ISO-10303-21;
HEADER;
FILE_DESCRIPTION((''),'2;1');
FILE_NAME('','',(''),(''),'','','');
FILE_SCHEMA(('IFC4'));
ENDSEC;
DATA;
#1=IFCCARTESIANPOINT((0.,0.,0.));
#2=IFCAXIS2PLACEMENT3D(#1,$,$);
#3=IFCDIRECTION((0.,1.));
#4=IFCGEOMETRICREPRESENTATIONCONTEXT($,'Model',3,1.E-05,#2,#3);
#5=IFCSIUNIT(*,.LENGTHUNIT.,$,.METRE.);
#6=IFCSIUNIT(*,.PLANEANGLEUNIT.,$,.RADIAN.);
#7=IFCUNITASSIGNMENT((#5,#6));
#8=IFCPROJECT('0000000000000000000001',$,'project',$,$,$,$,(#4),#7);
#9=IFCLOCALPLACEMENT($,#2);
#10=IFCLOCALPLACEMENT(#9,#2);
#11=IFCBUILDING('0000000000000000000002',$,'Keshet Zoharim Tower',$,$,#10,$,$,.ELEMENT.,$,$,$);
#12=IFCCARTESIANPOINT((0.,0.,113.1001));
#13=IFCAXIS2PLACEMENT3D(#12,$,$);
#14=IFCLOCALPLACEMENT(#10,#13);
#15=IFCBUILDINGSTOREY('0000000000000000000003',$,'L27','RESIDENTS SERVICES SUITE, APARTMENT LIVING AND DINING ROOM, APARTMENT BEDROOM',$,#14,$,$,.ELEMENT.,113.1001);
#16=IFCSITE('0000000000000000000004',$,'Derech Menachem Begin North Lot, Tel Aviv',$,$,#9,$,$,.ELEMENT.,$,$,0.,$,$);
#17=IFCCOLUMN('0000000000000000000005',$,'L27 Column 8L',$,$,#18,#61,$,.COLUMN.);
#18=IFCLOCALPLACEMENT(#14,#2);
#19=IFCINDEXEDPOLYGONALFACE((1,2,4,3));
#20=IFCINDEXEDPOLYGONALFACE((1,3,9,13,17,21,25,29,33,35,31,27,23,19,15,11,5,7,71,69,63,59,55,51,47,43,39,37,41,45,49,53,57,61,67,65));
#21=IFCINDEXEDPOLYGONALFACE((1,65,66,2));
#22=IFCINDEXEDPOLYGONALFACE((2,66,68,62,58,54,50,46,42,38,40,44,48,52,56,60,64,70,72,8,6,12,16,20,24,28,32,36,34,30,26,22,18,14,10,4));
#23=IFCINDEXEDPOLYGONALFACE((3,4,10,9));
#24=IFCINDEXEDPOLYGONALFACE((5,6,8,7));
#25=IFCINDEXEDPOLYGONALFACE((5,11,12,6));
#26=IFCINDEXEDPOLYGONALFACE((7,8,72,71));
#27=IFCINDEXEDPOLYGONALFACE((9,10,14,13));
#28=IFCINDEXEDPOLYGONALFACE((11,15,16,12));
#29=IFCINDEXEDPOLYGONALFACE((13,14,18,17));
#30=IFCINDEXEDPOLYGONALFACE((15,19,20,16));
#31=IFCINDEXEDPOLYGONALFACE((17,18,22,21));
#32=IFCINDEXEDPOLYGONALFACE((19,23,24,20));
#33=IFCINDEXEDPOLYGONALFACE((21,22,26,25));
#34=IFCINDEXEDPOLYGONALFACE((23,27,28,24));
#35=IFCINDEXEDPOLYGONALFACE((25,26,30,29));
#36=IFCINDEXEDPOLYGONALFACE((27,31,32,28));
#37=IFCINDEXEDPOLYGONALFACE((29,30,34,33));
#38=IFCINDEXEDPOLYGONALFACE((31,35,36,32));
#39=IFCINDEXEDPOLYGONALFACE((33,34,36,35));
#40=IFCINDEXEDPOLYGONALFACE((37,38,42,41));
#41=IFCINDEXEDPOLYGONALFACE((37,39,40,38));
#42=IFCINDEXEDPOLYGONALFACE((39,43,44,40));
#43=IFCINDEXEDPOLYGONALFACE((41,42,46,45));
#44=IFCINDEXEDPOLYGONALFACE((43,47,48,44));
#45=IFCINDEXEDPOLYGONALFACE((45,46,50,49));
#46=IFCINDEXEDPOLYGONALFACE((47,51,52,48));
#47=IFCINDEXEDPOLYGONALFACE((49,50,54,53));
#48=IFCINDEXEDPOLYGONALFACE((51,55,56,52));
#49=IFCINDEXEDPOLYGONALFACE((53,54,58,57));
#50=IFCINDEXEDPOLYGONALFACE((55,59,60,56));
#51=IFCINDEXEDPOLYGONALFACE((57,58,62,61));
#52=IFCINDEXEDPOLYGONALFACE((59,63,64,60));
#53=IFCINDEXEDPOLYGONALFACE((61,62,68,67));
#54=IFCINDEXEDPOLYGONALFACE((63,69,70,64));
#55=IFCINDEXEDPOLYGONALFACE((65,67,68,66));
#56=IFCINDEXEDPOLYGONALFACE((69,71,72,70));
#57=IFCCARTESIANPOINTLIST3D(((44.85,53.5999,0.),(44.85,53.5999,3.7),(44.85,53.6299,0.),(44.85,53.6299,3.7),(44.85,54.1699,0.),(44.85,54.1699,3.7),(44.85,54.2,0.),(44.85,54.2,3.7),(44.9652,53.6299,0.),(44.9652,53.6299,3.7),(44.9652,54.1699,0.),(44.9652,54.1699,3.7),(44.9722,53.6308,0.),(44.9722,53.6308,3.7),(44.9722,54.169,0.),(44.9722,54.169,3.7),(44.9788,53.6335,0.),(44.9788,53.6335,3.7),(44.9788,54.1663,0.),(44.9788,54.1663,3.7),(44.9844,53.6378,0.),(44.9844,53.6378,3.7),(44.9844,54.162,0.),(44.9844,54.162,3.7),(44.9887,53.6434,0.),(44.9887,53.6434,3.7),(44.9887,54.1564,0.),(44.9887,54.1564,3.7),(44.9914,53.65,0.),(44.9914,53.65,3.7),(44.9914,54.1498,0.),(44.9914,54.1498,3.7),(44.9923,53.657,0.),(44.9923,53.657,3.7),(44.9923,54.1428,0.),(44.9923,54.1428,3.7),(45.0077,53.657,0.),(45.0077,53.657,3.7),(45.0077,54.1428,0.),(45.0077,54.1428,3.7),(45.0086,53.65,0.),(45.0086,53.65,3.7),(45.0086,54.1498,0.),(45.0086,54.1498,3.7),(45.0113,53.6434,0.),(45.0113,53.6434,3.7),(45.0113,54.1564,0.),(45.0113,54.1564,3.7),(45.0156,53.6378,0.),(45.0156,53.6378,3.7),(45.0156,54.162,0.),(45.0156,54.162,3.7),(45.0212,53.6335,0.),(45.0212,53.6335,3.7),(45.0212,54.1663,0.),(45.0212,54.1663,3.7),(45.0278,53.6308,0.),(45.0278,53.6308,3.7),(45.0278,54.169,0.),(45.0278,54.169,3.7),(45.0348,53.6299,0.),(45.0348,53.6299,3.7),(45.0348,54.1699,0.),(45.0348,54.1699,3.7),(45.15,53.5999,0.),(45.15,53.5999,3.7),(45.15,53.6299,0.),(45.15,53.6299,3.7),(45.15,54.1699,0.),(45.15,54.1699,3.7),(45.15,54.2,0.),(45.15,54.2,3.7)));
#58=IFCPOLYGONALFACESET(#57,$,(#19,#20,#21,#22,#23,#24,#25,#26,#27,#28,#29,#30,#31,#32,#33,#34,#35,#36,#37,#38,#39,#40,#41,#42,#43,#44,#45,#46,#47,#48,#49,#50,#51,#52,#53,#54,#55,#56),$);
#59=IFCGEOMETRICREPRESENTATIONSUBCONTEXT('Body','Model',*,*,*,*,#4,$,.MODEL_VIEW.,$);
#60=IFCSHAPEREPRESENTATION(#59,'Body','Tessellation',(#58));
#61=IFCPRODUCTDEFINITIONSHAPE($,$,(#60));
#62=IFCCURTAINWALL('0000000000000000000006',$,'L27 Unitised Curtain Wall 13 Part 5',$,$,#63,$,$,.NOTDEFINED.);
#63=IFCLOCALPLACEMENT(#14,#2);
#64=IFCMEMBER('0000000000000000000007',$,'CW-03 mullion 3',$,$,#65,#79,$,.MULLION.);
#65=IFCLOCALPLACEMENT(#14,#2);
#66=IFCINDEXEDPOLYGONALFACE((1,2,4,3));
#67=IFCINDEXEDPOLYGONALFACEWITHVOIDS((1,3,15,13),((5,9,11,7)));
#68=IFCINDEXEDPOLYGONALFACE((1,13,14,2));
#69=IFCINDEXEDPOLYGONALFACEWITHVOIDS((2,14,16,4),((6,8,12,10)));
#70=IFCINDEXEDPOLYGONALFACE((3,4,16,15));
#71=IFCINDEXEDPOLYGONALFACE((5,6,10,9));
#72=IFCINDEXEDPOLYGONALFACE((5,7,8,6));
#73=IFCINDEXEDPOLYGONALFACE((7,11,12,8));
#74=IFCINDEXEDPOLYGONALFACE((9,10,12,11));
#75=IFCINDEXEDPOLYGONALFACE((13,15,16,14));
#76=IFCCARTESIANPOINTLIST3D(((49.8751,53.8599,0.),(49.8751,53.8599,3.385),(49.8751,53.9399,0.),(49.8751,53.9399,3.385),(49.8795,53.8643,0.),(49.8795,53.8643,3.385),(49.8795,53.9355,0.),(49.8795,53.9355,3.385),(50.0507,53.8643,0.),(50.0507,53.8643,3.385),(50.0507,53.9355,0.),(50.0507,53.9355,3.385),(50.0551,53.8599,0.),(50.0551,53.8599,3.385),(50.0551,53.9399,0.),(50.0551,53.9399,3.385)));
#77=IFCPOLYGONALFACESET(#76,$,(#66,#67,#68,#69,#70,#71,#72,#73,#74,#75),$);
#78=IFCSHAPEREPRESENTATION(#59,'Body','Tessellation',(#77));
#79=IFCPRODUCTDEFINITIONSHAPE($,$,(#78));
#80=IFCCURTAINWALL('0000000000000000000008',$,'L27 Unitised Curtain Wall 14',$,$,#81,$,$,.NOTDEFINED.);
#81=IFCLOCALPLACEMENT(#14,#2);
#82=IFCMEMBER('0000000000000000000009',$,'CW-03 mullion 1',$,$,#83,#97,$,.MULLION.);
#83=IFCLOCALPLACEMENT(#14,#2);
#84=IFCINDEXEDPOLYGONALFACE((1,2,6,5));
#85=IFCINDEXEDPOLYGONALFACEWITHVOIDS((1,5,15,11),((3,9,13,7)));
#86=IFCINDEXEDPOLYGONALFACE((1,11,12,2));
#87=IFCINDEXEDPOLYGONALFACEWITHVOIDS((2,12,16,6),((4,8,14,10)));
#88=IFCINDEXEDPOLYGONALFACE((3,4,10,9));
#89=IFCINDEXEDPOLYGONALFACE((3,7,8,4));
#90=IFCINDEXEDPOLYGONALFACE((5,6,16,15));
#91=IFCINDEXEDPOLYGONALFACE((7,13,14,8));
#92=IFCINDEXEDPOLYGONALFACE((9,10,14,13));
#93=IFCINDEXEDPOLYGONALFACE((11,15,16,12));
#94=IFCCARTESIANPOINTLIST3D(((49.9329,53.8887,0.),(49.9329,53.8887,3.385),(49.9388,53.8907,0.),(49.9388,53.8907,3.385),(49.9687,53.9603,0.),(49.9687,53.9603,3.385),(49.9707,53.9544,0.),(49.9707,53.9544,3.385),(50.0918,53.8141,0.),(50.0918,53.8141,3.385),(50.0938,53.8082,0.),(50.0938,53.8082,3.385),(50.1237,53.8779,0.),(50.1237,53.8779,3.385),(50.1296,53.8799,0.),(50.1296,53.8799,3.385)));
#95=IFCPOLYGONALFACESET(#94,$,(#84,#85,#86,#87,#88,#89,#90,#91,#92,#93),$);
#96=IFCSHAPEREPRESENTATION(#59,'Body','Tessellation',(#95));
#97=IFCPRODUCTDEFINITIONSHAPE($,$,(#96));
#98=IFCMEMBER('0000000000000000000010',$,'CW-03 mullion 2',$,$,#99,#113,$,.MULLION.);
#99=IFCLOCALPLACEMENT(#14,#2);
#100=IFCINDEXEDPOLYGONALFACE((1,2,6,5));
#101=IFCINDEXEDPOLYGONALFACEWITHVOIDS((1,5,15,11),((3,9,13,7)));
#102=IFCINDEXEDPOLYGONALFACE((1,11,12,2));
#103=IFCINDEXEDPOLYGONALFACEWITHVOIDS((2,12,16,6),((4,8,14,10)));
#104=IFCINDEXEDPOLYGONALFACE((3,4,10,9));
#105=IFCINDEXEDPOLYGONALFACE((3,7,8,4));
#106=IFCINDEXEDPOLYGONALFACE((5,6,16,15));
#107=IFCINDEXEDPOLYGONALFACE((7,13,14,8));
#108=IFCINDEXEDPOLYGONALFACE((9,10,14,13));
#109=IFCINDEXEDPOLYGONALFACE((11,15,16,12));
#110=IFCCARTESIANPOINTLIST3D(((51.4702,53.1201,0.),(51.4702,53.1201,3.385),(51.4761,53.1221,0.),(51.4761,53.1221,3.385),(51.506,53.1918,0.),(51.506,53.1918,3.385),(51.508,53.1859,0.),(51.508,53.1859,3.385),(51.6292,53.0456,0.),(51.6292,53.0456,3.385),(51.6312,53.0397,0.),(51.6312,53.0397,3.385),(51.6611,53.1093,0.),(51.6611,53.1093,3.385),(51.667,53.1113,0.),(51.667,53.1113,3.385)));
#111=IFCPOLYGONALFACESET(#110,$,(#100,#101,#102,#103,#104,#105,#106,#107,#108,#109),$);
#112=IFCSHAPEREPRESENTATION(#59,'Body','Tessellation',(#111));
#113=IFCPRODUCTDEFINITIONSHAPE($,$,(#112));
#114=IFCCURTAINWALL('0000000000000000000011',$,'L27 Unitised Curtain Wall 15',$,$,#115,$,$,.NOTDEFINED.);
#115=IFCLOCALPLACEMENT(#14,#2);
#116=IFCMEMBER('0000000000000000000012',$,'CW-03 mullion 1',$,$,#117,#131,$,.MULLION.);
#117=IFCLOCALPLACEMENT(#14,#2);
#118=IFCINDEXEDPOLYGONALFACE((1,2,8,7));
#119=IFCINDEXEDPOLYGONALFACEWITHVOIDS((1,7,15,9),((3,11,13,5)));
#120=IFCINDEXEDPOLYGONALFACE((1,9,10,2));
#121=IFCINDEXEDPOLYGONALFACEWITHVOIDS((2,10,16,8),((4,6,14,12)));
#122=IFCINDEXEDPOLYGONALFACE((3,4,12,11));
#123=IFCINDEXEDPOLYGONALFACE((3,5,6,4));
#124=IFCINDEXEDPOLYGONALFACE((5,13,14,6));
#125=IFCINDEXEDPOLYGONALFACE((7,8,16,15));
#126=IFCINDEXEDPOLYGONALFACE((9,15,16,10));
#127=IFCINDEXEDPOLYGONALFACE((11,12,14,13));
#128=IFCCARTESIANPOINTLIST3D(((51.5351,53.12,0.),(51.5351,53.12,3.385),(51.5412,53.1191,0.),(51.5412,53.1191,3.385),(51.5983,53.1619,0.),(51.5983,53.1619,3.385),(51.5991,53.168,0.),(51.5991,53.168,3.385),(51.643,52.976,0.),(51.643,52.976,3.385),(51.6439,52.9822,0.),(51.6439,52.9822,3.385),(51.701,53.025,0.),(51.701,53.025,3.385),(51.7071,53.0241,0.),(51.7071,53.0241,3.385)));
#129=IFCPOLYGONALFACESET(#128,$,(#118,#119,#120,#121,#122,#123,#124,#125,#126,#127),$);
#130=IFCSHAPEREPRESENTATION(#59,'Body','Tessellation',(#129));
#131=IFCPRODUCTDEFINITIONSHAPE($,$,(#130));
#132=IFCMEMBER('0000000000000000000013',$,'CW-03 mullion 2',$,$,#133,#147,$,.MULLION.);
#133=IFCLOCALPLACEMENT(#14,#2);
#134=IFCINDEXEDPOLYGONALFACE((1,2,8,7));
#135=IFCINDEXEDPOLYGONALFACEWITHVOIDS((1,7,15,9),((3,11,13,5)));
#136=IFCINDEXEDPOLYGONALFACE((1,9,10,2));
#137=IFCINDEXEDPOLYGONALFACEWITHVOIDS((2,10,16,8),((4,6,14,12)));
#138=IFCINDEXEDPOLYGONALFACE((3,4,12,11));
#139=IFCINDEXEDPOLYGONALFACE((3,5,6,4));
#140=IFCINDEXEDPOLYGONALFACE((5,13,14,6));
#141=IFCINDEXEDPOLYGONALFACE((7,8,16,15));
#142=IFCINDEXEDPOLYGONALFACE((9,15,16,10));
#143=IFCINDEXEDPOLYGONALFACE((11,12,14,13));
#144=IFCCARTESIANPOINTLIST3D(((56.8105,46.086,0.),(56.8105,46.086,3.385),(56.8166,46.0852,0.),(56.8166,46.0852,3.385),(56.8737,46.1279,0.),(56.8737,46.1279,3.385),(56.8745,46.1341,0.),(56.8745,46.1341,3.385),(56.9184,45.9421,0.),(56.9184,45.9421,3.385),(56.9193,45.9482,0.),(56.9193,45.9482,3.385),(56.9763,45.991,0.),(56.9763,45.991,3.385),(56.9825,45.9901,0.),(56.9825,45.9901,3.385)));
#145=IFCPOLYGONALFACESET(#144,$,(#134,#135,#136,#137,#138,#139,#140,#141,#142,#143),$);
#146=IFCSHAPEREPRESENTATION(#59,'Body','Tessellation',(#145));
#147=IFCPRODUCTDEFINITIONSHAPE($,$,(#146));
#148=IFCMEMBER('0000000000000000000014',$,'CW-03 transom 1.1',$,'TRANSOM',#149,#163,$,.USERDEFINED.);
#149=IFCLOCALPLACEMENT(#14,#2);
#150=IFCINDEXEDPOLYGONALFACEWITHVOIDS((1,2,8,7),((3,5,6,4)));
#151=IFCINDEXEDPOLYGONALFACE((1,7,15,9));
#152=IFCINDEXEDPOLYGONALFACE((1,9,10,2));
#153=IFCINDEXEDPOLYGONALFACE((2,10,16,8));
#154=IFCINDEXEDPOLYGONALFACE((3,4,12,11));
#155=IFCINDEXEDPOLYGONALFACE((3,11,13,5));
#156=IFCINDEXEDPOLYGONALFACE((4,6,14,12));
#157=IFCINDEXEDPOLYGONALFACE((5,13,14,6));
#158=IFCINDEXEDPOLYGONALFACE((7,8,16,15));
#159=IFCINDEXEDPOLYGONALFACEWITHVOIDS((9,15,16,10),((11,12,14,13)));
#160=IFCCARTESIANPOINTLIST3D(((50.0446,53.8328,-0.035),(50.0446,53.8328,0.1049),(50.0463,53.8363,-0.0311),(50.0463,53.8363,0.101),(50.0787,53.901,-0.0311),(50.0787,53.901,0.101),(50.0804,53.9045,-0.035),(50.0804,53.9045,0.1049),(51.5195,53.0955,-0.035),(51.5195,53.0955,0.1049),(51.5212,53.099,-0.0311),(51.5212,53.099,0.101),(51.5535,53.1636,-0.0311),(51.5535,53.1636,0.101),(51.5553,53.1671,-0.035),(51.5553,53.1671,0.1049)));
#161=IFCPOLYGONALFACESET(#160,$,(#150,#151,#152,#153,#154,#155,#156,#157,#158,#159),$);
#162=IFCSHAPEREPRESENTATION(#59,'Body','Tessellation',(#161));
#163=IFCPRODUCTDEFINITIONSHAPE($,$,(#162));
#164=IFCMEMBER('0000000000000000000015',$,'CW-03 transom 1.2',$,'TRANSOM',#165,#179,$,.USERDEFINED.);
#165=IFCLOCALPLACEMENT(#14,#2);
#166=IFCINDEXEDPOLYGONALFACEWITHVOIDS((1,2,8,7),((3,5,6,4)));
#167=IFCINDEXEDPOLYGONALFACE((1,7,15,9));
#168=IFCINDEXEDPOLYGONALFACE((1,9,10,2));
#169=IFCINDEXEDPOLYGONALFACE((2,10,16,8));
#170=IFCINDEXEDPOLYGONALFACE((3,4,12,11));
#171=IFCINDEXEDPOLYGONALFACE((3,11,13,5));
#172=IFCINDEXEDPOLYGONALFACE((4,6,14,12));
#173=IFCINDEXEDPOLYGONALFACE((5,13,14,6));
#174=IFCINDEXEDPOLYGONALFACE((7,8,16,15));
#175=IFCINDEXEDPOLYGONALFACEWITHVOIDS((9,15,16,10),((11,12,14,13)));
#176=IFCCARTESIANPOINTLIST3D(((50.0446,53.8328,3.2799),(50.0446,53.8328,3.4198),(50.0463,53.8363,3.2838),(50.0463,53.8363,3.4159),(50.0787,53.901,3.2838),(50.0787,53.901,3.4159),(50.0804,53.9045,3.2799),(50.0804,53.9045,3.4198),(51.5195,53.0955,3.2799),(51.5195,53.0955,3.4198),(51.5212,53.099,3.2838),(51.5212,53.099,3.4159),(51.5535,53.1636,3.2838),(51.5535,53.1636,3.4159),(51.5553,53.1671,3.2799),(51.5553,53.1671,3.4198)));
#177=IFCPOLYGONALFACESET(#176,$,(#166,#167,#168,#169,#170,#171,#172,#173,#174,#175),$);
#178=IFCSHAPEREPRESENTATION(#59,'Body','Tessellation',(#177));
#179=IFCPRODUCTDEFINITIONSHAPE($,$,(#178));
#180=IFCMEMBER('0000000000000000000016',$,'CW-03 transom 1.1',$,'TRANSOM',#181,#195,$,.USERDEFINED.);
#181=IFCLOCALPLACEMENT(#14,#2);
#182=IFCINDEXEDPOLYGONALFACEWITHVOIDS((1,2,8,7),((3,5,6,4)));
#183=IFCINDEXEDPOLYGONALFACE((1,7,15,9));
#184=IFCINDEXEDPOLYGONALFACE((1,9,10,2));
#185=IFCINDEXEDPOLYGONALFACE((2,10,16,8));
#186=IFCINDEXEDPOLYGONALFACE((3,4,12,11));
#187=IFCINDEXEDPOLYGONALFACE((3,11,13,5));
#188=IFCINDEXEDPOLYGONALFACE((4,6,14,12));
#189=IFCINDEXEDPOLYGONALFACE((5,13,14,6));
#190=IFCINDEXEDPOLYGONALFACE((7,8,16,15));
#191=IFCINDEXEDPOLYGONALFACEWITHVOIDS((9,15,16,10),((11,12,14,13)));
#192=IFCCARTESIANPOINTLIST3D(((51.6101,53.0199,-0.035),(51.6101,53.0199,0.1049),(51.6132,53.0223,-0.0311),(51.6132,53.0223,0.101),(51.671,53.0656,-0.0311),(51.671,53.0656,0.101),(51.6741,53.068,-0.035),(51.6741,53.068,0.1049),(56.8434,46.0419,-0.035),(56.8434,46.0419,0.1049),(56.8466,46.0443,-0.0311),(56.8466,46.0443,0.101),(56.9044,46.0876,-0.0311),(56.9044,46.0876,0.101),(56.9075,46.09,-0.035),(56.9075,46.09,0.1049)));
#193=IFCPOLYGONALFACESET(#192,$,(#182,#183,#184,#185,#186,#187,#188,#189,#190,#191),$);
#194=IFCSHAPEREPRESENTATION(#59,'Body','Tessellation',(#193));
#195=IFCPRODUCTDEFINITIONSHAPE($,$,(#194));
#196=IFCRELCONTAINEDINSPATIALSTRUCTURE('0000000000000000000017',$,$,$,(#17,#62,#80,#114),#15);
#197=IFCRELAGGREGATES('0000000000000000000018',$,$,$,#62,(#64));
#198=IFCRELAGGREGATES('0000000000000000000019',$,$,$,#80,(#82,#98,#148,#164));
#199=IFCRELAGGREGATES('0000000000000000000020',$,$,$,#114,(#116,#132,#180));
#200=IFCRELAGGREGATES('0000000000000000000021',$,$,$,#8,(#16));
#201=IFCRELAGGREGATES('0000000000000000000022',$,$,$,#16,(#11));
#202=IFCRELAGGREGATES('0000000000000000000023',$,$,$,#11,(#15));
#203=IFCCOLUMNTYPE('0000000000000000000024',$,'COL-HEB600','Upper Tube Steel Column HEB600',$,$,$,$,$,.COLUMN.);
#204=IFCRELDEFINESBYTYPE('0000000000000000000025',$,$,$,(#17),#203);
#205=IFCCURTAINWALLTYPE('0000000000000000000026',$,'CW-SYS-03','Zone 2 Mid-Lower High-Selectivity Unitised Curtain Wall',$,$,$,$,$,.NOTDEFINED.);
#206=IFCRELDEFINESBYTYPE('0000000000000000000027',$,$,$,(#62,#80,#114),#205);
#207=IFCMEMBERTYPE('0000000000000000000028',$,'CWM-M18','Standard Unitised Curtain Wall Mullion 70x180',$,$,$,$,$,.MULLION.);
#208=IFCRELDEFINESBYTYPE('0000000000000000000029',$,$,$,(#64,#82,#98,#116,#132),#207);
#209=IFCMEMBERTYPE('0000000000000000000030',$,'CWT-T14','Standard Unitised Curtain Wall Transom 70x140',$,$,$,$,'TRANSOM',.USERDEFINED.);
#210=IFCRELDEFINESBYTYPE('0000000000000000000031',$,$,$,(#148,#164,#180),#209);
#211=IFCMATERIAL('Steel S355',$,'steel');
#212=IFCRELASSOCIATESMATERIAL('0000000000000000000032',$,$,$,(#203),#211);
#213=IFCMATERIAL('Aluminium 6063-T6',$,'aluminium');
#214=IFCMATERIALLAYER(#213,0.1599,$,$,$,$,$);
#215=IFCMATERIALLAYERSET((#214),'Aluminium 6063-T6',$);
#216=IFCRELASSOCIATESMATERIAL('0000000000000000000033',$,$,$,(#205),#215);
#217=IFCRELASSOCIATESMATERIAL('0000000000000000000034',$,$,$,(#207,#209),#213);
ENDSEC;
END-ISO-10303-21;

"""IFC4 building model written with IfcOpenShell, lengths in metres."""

from ifc_helpers import new_model, si_unit, direction, frame, origin, origin_2d, place, context, subcontext, project, spatial, hollow_rectangle, i_section, extrude, material, layer, layer_set, material_profile, profile_set, type_object, element, aggregate, save


model = new_model("IFC4")

# Units and contexts
model_context = context("Model", 3, precision=1e-05, world=origin(), true_north=direction((0.0, 1.0)))
body_context = subcontext(model_context, "Body", "Model", "MODEL_VIEW")
ifc_project = project(units=[si_unit("LENGTHUNIT", "METRE"), si_unit("PLANEANGLEUNIT", "RADIAN")], contexts=[model_context])

# Site, building, storey
site_placement = place(None, origin())
site = spatial("IfcSite", under=ifc_project, at=site_placement, Name="Derech Menachem Begin North Lot, Tel Aviv", CompositionType="ELEMENT", RefElevation=0.0)
building_placement = place(site_placement, origin())
building = spatial("IfcBuilding", under=site, at=building_placement, Name="Keshet Zoharim Tower", CompositionType="ELEMENT")
storey_placement = place(building_placement, frame((0.0, 0.0, 113.1001)))
storey = spatial("IfcBuildingStorey", under=building, at=storey_placement, Name="L27", Description="RESIDENTS SERVICES SUITE, APARTMENT LIVING AND DINING ROOM, APARTMENT BEDROOM", CompositionType="ELEMENT", Elevation=113.1001)

# Column
ifc_material_1 = material(Name="Steel S355", Category="steel")
ifc_material_profile_1 = material_profile(ifc_material_1, i_section(OverallWidth=0.3, OverallDepth=0.6001, WebThickness=0.0154, FlangeThickness=0.03, FilletRadius=0.0271, at=origin_2d()), Name="HEB600")
ifc_profile_set_1 = profile_set([ifc_material_profile_1], Name="Steel S355")
column_type = type_object("IfcColumnType", Name="COL-HEB600", Description="Upper Tube Steel Column HEB600", PredefinedType="COLUMN", material=ifc_profile_set_1)
column_placement = place(storey_placement, frame((45.0, 53.8999, 0.0), z_axis=(0.0, 0.0, 1.0), x_axis=(1.0, 0.0, 0.0)))
element("IfcColumn", 1, at=column_placement, inside=storey, type_object=column_type, Name="L27 Column 8L", PredefinedType="COLUMN", context=body_context, shape_type="SweptSolid", body=[
    extrude(i_section(OverallWidth=0.3, OverallDepth=0.6001, WebThickness=0.0154, FlangeThickness=0.03, FilletRadius=0.0271, at=origin_2d()), origin(), (0.0, 0.0, 1.0), 3.7),
])

# Curtain wall, member
ifc_material_2 = material(Name="Aluminium 6063-T6", Category="aluminium")
ifc_layer_1 = layer(ifc_material_2, 0.1599)
ifc_layer_set_1 = layer_set([ifc_layer_1], Name="Aluminium 6063-T6")
curtain_wall_type = type_object("IfcCurtainWallType", Name="CW-SYS-03", Description="Zone 2 Mid-Lower High-Selectivity Unitised Curtain Wall", PredefinedType="NOTDEFINED", material=ifc_layer_set_1)
curtain_wall_1_placement = place(storey_placement, origin())
curtain_wall_1 = element("IfcCurtainWall", 2, at=curtain_wall_1_placement, inside=storey, type_object=curtain_wall_type, Name="L27 Unitised Curtain Wall 13 Part 5", PredefinedType="NOTDEFINED")
ifc_material_profile_2 = material_profile(ifc_material_2, hollow_rectangle(XDim=0.0801, YDim=0.1799, WallThickness=0.0044, at=origin_2d()), Name="MUL-80x180")
ifc_profile_set_2 = profile_set([ifc_material_profile_2], Name="Aluminium 6063-T6")
member_type_1 = type_object("IfcMemberType", Name="CWM-M18", Description="Standard Unitised Curtain Wall Mullion 70x180", PredefinedType="MULLION", material=ifc_profile_set_2)
member_1_placement = place(storey_placement, frame((49.9651, 53.8999, 0.0), z_axis=(0.0, 0.0, 1.0), x_axis=(0.0, 1.0, 0.0)))
member_1 = element("IfcMember", 3, at=member_1_placement, type_object=member_type_1, Name="CW-03 mullion 3", PredefinedType="MULLION", context=body_context, shape_type="SweptSolid", body=[
    extrude(hollow_rectangle(XDim=0.0801, YDim=0.1799, WallThickness=0.0044, at=origin_2d()), origin(), (0.0, 0.0, 1.0), 3.385),
])

# Curtain walls, members
curtain_wall_2_placement = place(storey_placement, origin())
curtain_wall_2 = element("IfcCurtainWall", 4, at=curtain_wall_2_placement, inside=storey, type_object=curtain_wall_type, Name="L27 Unitised Curtain Wall 14", PredefinedType="NOTDEFINED")
member_2_placement = place(storey_placement, frame((50.0312, 53.8843, 0.0), z_axis=(0.0, 0.0, 1.0), x_axis=(0.447214, 0.894427, 0.0)))
member_2 = element("IfcMember", 5, at=member_2_placement, type_object=member_type_1, Name="CW-03 mullion 1", PredefinedType="MULLION", context=body_context, shape_type="SweptSolid", body=[
    extrude(hollow_rectangle(XDim=0.0801, YDim=0.1799, WallThickness=0.0044, at=origin_2d()), origin(), (0.0, 0.0, 1.0), 3.385),
])
member_3_placement = place(storey_placement, frame((51.5686, 53.1157, 0.0), z_axis=(0.0, 0.0, 1.0), x_axis=(0.447214, 0.894427, 0.0)))
member_3 = element("IfcMember", 6, at=member_3_placement, type_object=member_type_1, Name="CW-03 mullion 2", PredefinedType="MULLION", context=body_context, shape_type="SweptSolid", body=[
    extrude(hollow_rectangle(XDim=0.0801, YDim=0.1799, WallThickness=0.0044, at=origin_2d()), origin(), (0.0, 0.0, 1.0), 3.385),
])
curtain_wall_3_placement = place(storey_placement, origin())
curtain_wall_3 = element("IfcCurtainWall", 7, at=curtain_wall_3_placement, inside=storey, type_object=curtain_wall_type, Name="L27 Unitised Curtain Wall 15", PredefinedType="NOTDEFINED")
member_4_placement = place(storey_placement, frame((51.6211, 53.072, 0.0), z_axis=(0.0, 0.0, 1.0), x_axis=(0.8, 0.6, 0.0)))
member_4 = element("IfcMember", 8, at=member_4_placement, type_object=member_type_1, Name="CW-03 mullion 1", PredefinedType="MULLION", context=body_context, shape_type="SweptSolid", body=[
    extrude(hollow_rectangle(XDim=0.0801, YDim=0.1799, WallThickness=0.0044, at=origin_2d()), origin(), (0.0, 0.0, 1.0), 3.385),
])
member_5_placement = place(storey_placement, frame((56.8965, 46.0381, 0.0), z_axis=(0.0, 0.0, 1.0), x_axis=(0.8, 0.6, 0.0)))
member_5 = element("IfcMember", 9, at=member_5_placement, type_object=member_type_1, Name="CW-03 mullion 2", PredefinedType="MULLION", context=body_context, shape_type="SweptSolid", body=[
    extrude(hollow_rectangle(XDim=0.0801, YDim=0.1799, WallThickness=0.0044, at=origin_2d()), origin(), (0.0, 0.0, 1.0), 3.385),
])

# Members
ifc_material_profile_3 = material_profile(ifc_material_2, hollow_rectangle(XDim=0.0801, YDim=0.1399, WallThickness=0.0039, at=origin_2d()), Name="TRN-80x140")
ifc_profile_set_3 = profile_set([ifc_material_profile_3], Name="Aluminium 6063-T6")
member_type_2 = type_object("IfcMemberType", Name="CWT-T14", Description="Standard Unitised Curtain Wall Transom 70x140", ElementType="TRANSOM", PredefinedType="USERDEFINED", material=ifc_profile_set_3)
member_6_placement = place(storey_placement, frame((50.0625, 53.8687, 0.0349), z_axis=(0.894457, -0.447154, 0.0), x_axis=(0.447154, 0.894457, 0.0)))
member_6 = element("IfcMember", 10, at=member_6_placement, type_object=member_type_2, Name="CW-03 transom 1.1", ObjectType="TRANSOM", PredefinedType="USERDEFINED", context=body_context, shape_type="SweptSolid", body=[
    extrude(hollow_rectangle(XDim=0.0801, YDim=0.1399, WallThickness=0.0039, at=origin_2d()), origin(), (0.0, 0.0, 1.0), 1.6489),
])
member_7_placement = place(storey_placement, frame((50.0625, 53.8687, 3.3499), z_axis=(0.894457, -0.447154, 0.0), x_axis=(0.447154, 0.894457, 0.0)))
member_7 = element("IfcMember", 11, at=member_7_placement, type_object=member_type_2, Name="CW-03 transom 1.2", ObjectType="TRANSOM", PredefinedType="USERDEFINED", context=body_context, shape_type="SweptSolid", body=[
    extrude(hollow_rectangle(XDim=0.0801, YDim=0.1399, WallThickness=0.0039, at=origin_2d()), origin(), (0.0, 0.0, 1.0), 1.6489),
])
member_8_placement = place(storey_placement, frame((51.6421, 53.0439, 0.0349), z_axis=(0.599991, -0.800007, 0.0), x_axis=(0.800007, 0.599991, 0.0)))
member_8 = element("IfcMember", 12, at=member_8_placement, type_object=member_type_2, Name="CW-03 transom 1.1", ObjectType="TRANSOM", PredefinedType="USERDEFINED", context=body_context, shape_type="SweptSolid", body=[
    extrude(hollow_rectangle(XDim=0.0801, YDim=0.1399, WallThickness=0.0039, at=origin_2d()), origin(), (0.0, 0.0, 1.0), 8.7224),
])

aggregate(curtain_wall_1, [member_1])
aggregate(curtain_wall_2, [member_2, member_3, member_6, member_7])
aggregate(curtain_wall_3, [member_4, member_5, member_8])

save(model, "model.ifc")
